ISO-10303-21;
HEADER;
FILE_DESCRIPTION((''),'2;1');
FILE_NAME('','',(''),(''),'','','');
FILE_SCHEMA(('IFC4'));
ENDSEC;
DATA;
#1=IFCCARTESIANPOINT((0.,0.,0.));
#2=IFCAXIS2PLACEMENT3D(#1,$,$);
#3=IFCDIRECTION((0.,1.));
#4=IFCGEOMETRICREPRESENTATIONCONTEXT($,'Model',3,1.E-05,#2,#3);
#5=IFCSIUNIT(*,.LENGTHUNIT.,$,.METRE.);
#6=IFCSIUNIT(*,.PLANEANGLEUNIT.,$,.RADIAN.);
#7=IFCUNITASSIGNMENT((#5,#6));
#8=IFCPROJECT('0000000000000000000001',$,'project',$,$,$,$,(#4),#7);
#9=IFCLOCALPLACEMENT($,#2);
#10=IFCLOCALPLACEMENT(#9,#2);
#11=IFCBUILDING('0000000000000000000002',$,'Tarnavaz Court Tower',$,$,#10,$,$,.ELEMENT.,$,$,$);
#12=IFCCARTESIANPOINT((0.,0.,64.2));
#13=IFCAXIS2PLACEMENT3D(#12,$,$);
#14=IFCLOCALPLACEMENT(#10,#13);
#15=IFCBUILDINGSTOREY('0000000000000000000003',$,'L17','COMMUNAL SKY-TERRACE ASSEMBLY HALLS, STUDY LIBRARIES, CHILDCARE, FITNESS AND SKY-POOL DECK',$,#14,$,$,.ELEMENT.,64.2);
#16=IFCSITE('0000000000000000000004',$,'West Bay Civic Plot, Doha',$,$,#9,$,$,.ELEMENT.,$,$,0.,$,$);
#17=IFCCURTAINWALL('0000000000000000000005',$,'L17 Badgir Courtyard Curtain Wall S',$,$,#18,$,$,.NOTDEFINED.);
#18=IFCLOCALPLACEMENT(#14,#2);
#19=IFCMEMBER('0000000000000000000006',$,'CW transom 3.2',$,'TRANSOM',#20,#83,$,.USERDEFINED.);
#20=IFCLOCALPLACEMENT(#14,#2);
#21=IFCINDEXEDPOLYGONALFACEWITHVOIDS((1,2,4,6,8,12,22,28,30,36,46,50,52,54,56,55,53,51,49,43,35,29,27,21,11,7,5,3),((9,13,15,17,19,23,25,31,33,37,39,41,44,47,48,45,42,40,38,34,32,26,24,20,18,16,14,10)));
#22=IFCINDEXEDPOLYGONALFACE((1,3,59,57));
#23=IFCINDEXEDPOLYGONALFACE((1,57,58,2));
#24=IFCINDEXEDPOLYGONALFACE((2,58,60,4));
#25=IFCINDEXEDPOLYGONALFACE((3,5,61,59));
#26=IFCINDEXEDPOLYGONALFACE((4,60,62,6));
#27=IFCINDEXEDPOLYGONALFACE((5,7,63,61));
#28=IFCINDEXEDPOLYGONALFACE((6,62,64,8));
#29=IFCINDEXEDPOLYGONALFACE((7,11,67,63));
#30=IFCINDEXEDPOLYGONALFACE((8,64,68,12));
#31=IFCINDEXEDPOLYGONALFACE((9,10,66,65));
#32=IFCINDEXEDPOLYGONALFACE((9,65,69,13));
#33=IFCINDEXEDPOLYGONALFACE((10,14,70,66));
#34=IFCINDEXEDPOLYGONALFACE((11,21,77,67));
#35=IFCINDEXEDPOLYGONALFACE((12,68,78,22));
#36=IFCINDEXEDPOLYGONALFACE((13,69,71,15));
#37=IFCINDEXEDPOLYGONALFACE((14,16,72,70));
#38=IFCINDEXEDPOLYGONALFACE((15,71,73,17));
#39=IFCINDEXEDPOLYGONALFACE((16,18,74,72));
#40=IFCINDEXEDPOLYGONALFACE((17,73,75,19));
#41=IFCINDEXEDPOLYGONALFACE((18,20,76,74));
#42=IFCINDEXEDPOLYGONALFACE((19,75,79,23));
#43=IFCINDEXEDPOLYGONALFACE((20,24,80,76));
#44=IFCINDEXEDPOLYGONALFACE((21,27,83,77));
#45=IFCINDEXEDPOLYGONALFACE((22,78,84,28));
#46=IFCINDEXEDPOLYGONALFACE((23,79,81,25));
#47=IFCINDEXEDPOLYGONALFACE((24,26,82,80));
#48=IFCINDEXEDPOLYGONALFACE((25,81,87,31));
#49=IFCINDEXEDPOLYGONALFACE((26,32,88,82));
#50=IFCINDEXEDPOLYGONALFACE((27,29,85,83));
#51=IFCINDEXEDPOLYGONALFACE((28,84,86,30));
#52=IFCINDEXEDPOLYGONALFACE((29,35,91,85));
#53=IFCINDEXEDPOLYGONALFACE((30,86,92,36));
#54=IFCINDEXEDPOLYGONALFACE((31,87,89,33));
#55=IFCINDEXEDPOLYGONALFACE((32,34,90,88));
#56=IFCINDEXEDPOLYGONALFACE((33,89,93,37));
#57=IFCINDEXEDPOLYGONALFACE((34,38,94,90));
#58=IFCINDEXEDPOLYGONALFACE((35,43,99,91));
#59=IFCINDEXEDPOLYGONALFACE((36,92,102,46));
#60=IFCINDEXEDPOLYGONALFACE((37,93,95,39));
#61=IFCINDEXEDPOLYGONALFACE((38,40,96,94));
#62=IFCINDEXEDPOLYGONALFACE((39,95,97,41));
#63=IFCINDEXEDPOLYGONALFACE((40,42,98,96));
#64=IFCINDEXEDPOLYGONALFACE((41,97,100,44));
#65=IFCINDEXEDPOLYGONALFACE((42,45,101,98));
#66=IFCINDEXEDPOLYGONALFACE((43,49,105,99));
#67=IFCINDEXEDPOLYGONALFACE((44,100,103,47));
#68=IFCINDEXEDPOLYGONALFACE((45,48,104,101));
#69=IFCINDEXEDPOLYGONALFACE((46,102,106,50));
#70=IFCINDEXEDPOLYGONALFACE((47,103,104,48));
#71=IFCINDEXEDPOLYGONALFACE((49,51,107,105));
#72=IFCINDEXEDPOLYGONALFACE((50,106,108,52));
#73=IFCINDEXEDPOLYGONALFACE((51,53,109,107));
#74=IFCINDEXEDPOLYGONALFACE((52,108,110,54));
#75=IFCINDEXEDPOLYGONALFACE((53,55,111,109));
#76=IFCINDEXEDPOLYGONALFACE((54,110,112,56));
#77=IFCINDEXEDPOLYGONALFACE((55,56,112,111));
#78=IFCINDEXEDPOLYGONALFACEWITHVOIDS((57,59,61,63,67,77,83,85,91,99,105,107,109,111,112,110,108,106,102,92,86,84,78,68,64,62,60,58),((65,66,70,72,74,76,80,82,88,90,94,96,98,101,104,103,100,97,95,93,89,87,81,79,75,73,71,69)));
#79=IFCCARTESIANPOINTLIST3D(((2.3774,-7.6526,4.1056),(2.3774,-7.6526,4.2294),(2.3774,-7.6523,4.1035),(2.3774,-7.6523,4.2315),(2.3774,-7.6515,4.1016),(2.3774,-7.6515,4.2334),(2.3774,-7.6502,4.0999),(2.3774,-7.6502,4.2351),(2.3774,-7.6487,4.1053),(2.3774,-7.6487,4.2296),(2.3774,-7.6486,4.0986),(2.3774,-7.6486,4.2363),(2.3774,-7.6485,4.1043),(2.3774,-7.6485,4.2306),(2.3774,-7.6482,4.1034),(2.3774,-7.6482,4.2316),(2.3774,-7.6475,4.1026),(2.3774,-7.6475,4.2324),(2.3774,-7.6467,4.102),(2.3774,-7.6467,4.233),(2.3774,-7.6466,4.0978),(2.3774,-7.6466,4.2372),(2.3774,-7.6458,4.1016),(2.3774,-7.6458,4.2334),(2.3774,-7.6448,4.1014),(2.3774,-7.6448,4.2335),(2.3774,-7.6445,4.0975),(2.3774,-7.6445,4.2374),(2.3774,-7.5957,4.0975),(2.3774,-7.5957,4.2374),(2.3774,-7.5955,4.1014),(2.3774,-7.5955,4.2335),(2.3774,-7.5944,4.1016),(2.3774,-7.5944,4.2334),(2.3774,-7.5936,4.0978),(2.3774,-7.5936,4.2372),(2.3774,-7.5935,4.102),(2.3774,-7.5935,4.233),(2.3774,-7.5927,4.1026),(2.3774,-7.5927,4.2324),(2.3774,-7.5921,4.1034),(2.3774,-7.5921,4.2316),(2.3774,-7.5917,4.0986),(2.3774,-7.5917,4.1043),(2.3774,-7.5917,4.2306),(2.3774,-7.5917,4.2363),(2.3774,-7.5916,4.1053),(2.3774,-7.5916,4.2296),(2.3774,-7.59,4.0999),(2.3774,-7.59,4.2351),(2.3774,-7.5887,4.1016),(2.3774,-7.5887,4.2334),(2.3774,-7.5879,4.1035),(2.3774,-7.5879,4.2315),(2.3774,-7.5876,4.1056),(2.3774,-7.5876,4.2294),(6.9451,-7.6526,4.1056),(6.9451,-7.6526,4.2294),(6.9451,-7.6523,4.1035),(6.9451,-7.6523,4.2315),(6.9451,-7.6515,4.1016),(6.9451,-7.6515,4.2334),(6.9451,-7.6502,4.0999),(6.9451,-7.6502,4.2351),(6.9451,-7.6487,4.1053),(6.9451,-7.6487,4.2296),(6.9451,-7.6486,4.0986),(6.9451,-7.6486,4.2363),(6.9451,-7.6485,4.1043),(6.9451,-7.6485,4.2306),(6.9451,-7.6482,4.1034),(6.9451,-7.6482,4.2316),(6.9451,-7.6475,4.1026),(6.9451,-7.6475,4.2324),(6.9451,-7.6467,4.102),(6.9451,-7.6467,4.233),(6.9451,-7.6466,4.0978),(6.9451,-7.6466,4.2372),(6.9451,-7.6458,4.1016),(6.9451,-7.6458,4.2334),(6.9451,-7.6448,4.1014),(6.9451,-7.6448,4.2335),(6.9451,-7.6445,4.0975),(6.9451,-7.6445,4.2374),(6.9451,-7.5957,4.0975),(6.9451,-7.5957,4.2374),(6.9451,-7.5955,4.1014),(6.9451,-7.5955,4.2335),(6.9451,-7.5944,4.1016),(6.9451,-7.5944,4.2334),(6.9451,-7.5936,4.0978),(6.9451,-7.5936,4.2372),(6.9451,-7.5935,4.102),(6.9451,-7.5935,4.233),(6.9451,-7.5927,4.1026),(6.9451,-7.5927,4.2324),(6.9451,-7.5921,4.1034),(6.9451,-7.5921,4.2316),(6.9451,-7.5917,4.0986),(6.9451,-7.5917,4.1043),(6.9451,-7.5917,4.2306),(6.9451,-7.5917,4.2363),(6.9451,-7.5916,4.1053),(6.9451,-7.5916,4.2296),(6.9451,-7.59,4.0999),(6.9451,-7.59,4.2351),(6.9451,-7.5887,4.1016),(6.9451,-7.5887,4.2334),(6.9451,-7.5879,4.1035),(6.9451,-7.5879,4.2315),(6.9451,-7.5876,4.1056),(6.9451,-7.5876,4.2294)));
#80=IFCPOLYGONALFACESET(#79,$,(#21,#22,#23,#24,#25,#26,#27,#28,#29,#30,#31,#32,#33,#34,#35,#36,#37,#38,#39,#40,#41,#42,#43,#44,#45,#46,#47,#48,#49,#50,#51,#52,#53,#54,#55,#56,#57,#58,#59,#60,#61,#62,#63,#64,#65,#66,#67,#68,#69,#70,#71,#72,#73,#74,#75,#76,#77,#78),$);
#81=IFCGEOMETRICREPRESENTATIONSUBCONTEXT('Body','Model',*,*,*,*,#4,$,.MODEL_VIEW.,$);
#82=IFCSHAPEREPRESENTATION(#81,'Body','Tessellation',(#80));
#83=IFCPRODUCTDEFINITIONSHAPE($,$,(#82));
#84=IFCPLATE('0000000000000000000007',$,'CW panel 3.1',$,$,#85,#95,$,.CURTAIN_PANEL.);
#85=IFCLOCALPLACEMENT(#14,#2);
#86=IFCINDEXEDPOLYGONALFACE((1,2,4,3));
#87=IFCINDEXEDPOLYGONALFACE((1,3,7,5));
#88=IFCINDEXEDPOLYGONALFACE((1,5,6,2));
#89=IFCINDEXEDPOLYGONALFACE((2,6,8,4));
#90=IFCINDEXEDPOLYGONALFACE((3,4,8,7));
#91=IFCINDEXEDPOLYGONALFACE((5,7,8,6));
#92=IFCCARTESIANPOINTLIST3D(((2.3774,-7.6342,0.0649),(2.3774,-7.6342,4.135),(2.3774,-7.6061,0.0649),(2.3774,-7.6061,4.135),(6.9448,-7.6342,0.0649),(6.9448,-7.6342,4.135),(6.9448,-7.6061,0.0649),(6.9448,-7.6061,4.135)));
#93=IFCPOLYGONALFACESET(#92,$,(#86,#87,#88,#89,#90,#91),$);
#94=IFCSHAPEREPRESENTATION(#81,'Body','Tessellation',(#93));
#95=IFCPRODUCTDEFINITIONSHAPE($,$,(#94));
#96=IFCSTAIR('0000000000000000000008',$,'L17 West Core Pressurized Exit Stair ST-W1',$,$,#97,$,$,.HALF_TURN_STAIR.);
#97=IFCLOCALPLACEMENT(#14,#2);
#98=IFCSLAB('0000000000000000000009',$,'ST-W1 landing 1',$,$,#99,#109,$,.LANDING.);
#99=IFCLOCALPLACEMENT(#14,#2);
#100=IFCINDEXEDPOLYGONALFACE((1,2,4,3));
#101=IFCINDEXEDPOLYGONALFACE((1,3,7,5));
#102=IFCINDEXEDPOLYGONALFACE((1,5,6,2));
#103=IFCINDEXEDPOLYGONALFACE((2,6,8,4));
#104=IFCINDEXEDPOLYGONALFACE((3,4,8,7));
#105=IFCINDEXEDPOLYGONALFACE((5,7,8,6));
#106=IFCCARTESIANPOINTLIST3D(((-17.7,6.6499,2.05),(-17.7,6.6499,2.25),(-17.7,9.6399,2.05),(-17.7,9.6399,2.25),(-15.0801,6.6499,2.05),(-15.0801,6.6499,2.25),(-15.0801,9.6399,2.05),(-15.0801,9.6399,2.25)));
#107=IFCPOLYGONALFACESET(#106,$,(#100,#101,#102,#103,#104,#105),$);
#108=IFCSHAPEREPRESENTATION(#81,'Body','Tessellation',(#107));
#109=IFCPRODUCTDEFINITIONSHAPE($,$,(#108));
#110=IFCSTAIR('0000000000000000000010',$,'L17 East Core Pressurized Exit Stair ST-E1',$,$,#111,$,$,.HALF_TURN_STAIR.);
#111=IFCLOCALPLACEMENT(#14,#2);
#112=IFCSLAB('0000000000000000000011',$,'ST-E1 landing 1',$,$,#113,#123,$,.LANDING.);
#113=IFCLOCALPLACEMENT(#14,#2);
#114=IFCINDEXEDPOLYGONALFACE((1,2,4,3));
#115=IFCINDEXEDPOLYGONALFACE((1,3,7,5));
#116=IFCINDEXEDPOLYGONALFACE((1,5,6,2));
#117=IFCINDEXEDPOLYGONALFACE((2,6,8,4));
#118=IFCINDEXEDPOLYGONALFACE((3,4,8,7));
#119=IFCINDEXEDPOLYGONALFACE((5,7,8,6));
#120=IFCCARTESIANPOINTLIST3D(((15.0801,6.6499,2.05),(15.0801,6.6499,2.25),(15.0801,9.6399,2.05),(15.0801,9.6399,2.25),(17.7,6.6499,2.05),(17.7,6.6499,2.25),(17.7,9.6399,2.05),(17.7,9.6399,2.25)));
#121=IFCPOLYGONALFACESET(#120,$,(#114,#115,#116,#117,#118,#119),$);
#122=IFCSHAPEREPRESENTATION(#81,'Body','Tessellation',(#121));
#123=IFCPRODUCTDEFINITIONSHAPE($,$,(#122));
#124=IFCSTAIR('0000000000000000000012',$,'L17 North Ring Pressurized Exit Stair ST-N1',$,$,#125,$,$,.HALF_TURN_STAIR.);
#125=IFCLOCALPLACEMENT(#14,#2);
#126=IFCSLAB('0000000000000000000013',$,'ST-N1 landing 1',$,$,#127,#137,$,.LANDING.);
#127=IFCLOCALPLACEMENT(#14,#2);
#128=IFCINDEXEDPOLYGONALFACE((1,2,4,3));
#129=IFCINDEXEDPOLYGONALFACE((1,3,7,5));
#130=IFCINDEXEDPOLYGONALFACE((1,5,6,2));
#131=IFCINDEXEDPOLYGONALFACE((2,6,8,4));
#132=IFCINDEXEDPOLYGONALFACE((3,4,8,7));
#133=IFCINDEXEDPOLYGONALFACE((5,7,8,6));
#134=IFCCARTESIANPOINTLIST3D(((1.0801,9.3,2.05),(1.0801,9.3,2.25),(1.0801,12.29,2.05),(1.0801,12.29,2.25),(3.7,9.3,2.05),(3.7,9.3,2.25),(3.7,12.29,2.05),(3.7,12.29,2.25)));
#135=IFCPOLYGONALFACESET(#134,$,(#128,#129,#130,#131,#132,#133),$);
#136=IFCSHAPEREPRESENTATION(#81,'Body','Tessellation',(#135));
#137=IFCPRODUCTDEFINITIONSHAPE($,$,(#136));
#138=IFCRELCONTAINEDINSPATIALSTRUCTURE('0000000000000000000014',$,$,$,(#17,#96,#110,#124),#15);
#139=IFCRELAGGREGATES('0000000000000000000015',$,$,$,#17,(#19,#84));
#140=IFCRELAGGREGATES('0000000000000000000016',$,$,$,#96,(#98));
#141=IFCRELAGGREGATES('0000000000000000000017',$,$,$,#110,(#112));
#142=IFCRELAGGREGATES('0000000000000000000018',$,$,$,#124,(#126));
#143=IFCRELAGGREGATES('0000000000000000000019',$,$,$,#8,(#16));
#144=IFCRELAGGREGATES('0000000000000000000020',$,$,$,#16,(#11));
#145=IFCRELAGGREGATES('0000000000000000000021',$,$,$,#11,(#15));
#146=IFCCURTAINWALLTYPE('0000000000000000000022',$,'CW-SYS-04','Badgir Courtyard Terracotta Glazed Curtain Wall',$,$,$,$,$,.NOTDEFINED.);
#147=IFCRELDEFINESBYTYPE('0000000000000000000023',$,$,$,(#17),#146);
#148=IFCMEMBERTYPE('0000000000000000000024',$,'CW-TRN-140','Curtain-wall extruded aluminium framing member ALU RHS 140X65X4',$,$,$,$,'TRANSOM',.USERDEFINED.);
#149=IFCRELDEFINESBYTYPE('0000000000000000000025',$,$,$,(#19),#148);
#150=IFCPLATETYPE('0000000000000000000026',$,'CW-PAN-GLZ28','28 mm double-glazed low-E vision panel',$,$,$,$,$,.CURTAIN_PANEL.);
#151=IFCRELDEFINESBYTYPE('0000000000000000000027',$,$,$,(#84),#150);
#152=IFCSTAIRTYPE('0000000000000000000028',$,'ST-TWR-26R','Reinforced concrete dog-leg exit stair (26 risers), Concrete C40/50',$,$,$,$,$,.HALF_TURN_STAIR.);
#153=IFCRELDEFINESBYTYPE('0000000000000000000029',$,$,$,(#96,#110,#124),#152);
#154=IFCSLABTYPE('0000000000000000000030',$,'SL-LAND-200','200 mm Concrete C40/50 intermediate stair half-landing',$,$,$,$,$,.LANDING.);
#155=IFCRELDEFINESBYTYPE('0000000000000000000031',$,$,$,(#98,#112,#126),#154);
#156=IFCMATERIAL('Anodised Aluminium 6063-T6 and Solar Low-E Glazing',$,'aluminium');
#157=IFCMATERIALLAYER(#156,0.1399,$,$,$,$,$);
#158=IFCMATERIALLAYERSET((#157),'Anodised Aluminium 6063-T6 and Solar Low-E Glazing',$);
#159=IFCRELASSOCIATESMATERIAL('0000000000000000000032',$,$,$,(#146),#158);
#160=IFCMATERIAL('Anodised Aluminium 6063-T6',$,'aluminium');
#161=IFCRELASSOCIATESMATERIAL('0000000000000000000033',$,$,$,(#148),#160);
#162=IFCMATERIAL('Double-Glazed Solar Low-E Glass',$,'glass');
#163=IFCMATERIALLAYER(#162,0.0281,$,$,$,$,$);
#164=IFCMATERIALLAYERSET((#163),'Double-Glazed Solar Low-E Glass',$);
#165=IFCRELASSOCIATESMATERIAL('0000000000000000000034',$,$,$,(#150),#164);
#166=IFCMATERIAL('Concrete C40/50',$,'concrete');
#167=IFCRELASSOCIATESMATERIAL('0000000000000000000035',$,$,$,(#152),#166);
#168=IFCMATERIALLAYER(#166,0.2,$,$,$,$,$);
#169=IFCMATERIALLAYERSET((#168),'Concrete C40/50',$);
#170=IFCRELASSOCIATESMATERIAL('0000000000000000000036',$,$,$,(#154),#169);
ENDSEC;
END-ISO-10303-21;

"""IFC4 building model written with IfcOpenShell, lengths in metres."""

from ifc_helpers import new_model, si_unit, direction, frame, origin, origin_2d, place, context, subcontext, project, spatial, polyline, rectangle, hollow_rectangle, outline, extrude, material, layer, layer_set, material_profile, profile_set, type_object, element, aggregate, save


model = new_model("IFC4")

# Units and contexts
model_context = context("Model", 3, precision=1e-05, world=origin(), true_north=direction((0.0, 1.0)))
body_context = subcontext(model_context, "Body", "Model", "MODEL_VIEW")
ifc_project = project(units=[si_unit("LENGTHUNIT", "METRE"), si_unit("PLANEANGLEUNIT", "RADIAN")], contexts=[model_context])

# Site, building, storey
site_placement = place(None, origin())
site = spatial("IfcSite", under=ifc_project, at=site_placement, Name="West Bay Civic Plot, Doha", CompositionType="ELEMENT", RefElevation=0.0)
building_placement = place(site_placement, origin())
building = spatial("IfcBuilding", under=site, at=building_placement, Name="Tarnavaz Court Tower", CompositionType="ELEMENT")
storey_placement = place(building_placement, frame((0.0, 0.0, 64.2)))
storey = spatial("IfcBuildingStorey", under=building, at=storey_placement, Name="L17", Description="COMMUNAL SKY-TERRACE ASSEMBLY HALLS, STUDY LIBRARIES, CHILDCARE, FITNESS AND SKY-POOL DECK", CompositionType="ELEMENT", Elevation=64.2)

# Curtain wall, member, plate
ifc_material_1 = material(Name="Anodised Aluminium 6063-T6 and Solar Low-E Glazing", Category="aluminium")
ifc_layer_1 = layer(ifc_material_1, 0.1399)
ifc_layer_set_1 = layer_set([ifc_layer_1], Name="Anodised Aluminium 6063-T6 and Solar Low-E Glazing")
curtain_wall_type = type_object("IfcCurtainWallType", Name="CW-SYS-04", Description="Badgir Courtyard Terracotta Glazed Curtain Wall", PredefinedType="NOTDEFINED", material=ifc_layer_set_1)
curtain_wall_placement = place(storey_placement, origin())
curtain_wall = element("IfcCurtainWall", 1, at=curtain_wall_placement, inside=storey, type_object=curtain_wall_type, Name="L17 Badgir Courtyard Curtain Wall S", PredefinedType="NOTDEFINED")
ifc_material_2 = material(Name="Anodised Aluminium 6063-T6", Category="aluminium")
ifc_material_profile_1 = material_profile(ifc_material_2, hollow_rectangle(XDim=0.0649, YDim=0.1399, WallThickness=0.0039, InnerFilletRadius=0.0039, OuterFilletRadius=0.0081, at=origin_2d()), Name="ALU RHS 140X65X4")
ifc_profile_set_1 = profile_set([ifc_material_profile_1], Name="Anodised Aluminium 6063-T6")
member_type_1 = type_object("IfcMemberType", Name="CW-TRN-140", Description="Curtain-wall extruded aluminium framing member ALU RHS 140X65X4", ElementType="TRANSOM", PredefinedType="USERDEFINED", material=ifc_profile_set_1)
member_1_placement = place(storey_placement, frame((2.3774, -7.6201, 4.1675), z_axis=(1.0, 0.0, 0.0), x_axis=(0.0, 1.0, 0.0)))
member_1 = element("IfcMember", 2, at=member_1_placement, type_object=member_type_1, Name="CW transom 3.2", ObjectType="TRANSOM", PredefinedType="USERDEFINED", context=body_context, shape_type="SweptSolid", body=[
    extrude(hollow_rectangle(XDim=0.0649, YDim=0.1399, WallThickness=0.0039, InnerFilletRadius=0.0039, OuterFilletRadius=0.0081, at=origin_2d()), origin(), (0.0, 0.0, 1.0), 4.5676),
])
ifc_material_3 = material(Name="Double-Glazed Solar Low-E Glass", Category="glass")
ifc_layer_2 = layer(ifc_material_3, 0.0281)
ifc_layer_set_2 = layer_set([ifc_layer_2], Name="Double-Glazed Solar Low-E Glass")
plate_type = type_object("IfcPlateType", Name="CW-PAN-GLZ28", Description="28 mm double-glazed low-E vision panel", PredefinedType="CURTAIN_PANEL", material=ifc_layer_set_2)
plate_placement = place(storey_placement, frame((4.6611, -7.6201, 0.0649), z_axis=(0.0, 0.0, 1.0), x_axis=(1.0, 0.0, 0.0)))
plate = element("IfcPlate", 3, at=plate_placement, type_object=plate_type, Name="CW panel 3.1", PredefinedType="CURTAIN_PANEL", context=body_context, shape_type="SweptSolid", body=[
    extrude(rectangle(XDim=4.5674, YDim=0.0281, at=origin_2d()), origin(), (0.0, 0.0, 1.0), 4.0701),
])
aggregate(curtain_wall, [member_1, plate])

# Stairs, slabs
ifc_material_4 = material(Name="Concrete C40/50", Category="concrete")
stair_type = type_object("IfcStairType", Name="ST-TWR-26R", Description="Reinforced concrete dog-leg exit stair (26 risers), Concrete C40/50", PredefinedType="HALF_TURN_STAIR", material=ifc_material_4)
stair_1_placement = place(storey_placement, origin())
stair_1 = element("IfcStair", 4, at=stair_1_placement, inside=storey, type_object=stair_type, Name="L17 West Core Pressurized Exit Stair ST-W1", PredefinedType="HALF_TURN_STAIR")
ifc_layer_3 = layer(ifc_material_4, 0.2)
ifc_layer_set_3 = layer_set([ifc_layer_3], Name="Concrete C40/50")
slab_type_1 = type_object("IfcSlabType", Name="SL-LAND-200", Description="200 mm Concrete C40/50 intermediate stair half-landing", PredefinedType="LANDING", material=ifc_layer_set_3)
slab_1_placement = place(storey_placement, frame((0.0, 0.0, 2.05)))
slab_1 = element("IfcSlab", 5, at=slab_1_placement, type_object=slab_type_1, Name="ST-W1 landing 1", PredefinedType="LANDING", context=body_context, shape_type="SweptSolid", body=[
    extrude(outline(polyline([(-15.0801, 9.6399), (-17.7, 9.6399), (-17.7, 6.6499), (-15.0801, 6.6499), (-15.0801, 9.6399)])), origin(), (0.0, 0.0, 1.0), 0.2),
])
aggregate(stair_1, [slab_1])
stair_2_placement = place(storey_placement, origin())
stair_2 = element("IfcStair", 6, at=stair_2_placement, inside=storey, type_object=stair_type, Name="L17 East Core Pressurized Exit Stair ST-E1", PredefinedType="HALF_TURN_STAIR")
slab_2_placement = place(storey_placement, frame((0.0, 0.0, 2.05)))
slab_2 = element("IfcSlab", 7, at=slab_2_placement, type_object=slab_type_1, Name="ST-E1 landing 1", PredefinedType="LANDING", context=body_context, shape_type="SweptSolid", body=[
    extrude(outline(polyline([(15.0801, 6.6499), (17.7, 6.6499), (17.7, 9.6399), (15.0801, 9.6399), (15.0801, 6.6499)])), origin(), (0.0, 0.0, 1.0), 0.2),
])
aggregate(stair_2, [slab_2])
stair_3_placement = place(storey_placement, origin())
stair_3 = element("IfcStair", 8, at=stair_3_placement, inside=storey, type_object=stair_type, Name="L17 North Ring Pressurized Exit Stair ST-N1", PredefinedType="HALF_TURN_STAIR")
slab_3_placement = place(storey_placement, frame((0.0, 0.0, 2.05)))
slab_3 = element("IfcSlab", 9, at=slab_3_placement, type_object=slab_type_1, Name="ST-N1 landing 1", PredefinedType="LANDING", context=body_context, shape_type="SweptSolid", body=[
    extrude(outline(polyline([(1.0801, 9.3), (3.7, 9.3), (3.7, 12.29), (1.0801, 12.29), (1.0801, 9.3)])), origin(), (0.0, 0.0, 1.0), 0.2),
])
aggregate(stair_3, [slab_3])

save(model, "model.ifc")
